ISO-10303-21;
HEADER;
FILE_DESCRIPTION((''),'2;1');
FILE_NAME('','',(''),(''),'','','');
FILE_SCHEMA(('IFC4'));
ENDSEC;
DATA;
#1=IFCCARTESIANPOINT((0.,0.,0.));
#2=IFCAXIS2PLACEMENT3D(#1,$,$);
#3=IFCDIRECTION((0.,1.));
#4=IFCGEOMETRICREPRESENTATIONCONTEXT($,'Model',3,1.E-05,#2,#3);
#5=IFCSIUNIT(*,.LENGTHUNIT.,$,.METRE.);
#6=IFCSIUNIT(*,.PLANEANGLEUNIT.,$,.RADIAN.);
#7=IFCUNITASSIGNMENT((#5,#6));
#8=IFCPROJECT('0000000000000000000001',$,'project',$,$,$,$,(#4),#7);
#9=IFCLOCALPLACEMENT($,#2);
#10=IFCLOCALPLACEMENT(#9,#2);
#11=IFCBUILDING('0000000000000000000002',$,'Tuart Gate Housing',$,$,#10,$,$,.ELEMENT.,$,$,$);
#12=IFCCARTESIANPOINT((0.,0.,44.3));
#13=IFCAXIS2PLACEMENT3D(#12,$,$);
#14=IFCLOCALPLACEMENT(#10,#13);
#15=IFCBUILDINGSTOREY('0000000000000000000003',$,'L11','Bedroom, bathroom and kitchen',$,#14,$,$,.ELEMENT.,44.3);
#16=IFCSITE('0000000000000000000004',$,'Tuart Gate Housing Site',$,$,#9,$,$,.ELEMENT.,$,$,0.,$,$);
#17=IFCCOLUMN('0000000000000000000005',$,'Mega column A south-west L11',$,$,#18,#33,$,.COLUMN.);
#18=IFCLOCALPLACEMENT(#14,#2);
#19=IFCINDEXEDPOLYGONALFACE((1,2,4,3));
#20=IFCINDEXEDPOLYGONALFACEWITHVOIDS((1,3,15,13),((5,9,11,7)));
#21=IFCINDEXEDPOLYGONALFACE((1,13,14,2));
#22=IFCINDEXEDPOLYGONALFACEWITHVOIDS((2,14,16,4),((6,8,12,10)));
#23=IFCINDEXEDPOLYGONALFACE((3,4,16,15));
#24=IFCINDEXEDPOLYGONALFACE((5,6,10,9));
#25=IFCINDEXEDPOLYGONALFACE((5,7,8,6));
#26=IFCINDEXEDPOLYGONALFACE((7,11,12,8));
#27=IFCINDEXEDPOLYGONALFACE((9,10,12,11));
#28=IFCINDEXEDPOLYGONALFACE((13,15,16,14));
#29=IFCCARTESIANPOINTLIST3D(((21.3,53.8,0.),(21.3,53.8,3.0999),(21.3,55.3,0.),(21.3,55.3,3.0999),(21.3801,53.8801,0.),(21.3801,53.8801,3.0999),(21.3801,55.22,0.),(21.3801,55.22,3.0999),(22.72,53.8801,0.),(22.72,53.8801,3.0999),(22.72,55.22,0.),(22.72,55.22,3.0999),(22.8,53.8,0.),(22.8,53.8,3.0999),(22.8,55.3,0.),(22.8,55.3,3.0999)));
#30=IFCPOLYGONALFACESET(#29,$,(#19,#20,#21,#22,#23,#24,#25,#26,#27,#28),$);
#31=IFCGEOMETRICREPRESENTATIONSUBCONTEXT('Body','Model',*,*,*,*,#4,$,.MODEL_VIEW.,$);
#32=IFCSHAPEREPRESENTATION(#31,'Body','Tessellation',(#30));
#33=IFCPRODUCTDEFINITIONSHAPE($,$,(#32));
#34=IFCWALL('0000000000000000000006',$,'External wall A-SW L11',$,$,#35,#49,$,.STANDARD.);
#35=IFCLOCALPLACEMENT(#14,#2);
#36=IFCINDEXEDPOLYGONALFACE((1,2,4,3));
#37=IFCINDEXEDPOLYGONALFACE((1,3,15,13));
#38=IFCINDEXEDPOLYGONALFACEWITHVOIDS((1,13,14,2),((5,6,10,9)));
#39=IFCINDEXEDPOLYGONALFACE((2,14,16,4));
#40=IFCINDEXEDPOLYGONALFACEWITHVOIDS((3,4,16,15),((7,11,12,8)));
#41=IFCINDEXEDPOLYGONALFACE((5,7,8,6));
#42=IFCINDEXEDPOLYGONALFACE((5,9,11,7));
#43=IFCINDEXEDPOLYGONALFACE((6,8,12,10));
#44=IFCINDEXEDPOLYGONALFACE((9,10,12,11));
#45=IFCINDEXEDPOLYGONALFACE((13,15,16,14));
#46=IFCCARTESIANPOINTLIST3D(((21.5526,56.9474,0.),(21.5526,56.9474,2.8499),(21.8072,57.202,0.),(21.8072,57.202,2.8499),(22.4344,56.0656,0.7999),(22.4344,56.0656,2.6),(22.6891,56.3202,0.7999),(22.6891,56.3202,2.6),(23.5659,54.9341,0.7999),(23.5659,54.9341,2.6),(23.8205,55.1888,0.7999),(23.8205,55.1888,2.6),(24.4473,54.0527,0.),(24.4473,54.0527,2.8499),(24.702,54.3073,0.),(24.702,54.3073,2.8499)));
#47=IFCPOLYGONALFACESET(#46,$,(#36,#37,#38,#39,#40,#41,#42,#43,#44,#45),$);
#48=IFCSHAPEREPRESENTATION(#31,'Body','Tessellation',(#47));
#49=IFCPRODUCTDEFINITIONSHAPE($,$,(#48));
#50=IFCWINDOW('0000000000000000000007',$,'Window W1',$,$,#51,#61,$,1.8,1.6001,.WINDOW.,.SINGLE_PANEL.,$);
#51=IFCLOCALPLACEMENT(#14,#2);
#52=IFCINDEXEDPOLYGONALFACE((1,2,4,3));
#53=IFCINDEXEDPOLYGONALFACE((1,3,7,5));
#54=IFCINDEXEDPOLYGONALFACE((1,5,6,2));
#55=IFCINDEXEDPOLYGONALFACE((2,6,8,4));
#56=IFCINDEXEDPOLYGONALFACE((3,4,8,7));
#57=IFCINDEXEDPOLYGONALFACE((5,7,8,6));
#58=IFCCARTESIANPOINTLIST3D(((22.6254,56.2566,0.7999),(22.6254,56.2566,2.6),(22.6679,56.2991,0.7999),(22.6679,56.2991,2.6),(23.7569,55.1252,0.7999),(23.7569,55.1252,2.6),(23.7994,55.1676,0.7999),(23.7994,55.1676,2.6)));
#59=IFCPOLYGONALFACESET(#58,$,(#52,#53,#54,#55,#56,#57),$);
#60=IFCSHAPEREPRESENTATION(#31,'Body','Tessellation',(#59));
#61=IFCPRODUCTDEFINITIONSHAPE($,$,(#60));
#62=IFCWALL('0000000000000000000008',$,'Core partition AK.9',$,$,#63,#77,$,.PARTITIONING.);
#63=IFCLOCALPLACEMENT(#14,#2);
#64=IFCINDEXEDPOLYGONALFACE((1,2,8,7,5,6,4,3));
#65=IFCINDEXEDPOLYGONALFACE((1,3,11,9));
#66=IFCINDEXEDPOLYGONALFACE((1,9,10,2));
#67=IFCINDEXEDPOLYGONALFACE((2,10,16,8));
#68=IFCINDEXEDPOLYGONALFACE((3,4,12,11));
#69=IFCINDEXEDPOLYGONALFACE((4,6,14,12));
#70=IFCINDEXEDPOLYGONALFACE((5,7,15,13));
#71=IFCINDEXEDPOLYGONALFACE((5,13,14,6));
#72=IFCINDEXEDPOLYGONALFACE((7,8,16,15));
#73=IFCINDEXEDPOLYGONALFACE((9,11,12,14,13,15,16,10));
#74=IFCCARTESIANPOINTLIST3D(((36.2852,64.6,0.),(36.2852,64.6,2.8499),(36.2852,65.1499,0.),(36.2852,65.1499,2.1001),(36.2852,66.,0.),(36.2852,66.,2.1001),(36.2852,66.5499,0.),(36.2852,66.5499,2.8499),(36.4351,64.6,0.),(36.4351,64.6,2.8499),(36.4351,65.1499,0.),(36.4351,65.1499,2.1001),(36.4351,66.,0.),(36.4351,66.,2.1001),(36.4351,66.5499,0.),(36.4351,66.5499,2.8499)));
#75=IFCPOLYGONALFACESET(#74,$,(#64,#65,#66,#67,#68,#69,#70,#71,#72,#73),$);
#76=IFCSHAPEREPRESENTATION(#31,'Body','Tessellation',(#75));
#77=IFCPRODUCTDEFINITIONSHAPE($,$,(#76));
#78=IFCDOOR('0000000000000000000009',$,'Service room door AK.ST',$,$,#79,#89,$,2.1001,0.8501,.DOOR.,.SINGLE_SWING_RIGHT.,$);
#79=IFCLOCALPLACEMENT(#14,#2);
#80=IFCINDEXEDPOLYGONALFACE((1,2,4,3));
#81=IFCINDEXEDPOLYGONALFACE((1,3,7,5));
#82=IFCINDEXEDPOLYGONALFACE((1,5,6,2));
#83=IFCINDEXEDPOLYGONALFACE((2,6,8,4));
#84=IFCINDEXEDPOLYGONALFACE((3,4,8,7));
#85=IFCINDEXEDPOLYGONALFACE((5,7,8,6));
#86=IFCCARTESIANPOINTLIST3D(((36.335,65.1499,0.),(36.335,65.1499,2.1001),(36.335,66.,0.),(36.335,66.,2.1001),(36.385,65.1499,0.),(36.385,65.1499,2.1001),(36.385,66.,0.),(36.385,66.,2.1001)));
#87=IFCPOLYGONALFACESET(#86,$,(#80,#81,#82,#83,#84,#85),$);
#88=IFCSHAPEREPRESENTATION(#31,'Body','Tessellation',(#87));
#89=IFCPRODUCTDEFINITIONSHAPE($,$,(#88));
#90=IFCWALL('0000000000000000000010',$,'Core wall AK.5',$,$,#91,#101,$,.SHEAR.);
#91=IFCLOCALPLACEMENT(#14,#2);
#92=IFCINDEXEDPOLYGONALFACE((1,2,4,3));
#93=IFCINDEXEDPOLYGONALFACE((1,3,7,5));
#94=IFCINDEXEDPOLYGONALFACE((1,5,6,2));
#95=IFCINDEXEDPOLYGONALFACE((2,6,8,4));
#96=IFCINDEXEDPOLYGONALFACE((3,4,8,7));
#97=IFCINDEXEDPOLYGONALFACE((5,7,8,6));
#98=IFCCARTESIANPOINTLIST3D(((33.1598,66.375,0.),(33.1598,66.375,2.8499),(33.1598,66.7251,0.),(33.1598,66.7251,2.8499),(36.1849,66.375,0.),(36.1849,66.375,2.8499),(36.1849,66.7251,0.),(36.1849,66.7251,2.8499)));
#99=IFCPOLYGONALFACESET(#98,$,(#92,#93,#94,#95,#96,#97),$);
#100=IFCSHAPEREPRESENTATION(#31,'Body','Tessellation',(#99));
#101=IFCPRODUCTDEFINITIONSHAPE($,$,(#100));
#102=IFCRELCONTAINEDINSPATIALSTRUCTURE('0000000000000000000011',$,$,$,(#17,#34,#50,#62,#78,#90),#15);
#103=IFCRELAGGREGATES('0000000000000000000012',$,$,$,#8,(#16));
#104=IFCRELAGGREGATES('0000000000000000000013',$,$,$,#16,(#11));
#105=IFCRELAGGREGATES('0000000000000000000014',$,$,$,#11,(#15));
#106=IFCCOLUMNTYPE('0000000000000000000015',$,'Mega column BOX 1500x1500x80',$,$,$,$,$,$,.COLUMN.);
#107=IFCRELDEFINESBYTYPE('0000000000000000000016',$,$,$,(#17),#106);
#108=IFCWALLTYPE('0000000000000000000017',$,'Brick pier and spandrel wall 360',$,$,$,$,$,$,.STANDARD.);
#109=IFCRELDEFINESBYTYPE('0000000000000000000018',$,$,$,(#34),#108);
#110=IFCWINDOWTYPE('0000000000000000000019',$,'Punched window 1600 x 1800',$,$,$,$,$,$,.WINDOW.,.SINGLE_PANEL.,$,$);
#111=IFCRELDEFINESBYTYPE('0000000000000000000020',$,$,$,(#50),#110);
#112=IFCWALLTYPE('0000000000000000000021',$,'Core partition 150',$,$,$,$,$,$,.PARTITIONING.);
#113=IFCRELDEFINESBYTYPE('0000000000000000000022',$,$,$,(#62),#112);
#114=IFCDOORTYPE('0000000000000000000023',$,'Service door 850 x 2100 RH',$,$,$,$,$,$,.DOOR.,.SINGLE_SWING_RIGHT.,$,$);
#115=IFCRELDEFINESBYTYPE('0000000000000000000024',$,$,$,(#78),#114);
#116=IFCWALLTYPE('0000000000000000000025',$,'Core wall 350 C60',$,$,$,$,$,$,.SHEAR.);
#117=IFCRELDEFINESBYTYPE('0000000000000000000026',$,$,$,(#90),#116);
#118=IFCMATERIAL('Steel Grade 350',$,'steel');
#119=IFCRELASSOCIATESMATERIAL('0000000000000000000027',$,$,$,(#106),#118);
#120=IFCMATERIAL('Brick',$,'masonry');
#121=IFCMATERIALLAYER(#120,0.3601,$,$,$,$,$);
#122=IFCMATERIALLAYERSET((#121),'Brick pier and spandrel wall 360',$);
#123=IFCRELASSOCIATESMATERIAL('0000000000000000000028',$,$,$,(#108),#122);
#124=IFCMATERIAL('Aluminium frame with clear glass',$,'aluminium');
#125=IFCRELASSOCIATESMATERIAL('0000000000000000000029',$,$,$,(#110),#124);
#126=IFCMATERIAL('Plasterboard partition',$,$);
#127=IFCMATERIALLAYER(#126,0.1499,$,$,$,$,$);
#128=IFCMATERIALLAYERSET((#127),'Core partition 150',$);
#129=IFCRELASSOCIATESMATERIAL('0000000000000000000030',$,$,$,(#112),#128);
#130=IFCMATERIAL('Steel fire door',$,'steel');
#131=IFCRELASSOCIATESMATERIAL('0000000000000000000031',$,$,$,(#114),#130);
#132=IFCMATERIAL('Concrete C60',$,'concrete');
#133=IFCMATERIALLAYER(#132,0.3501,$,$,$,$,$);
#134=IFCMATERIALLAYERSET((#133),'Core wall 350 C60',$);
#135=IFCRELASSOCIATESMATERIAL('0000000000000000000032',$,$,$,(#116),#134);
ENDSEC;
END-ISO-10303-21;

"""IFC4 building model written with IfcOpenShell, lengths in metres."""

from ifc_helpers import new_model, si_unit, direction, frame, frame_2d, origin, origin_2d, place, context, subcontext, project, spatial, rectangle, hollow_rectangle, extrude, material, layer, layer_set, material_profile, profile_set, type_object, element, fill, save


model = new_model("IFC4")

# Units and contexts
model_context = context("Model", 3, precision=1e-05, world=origin(), true_north=direction((0.0, 1.0)))
body_context = subcontext(model_context, "Body", "Model", "MODEL_VIEW")
ifc_project = project(units=[si_unit("LENGTHUNIT", "METRE"), si_unit("PLANEANGLEUNIT", "RADIAN")], contexts=[model_context])

# Site, building, storey
site_placement = place(None, origin())
site = spatial("IfcSite", under=ifc_project, at=site_placement, Name="Tuart Gate Housing Site", CompositionType="ELEMENT", RefElevation=0.0)
building_placement = place(site_placement, origin())
building = spatial("IfcBuilding", under=site, at=building_placement, Name="Tuart Gate Housing", CompositionType="ELEMENT")
storey_placement = place(building_placement, frame((0.0, 0.0, 44.3)))
storey = spatial("IfcBuildingStorey", under=building, at=storey_placement, Name="L11", Description="Bedroom, bathroom and kitchen", CompositionType="ELEMENT", Elevation=44.3)

# Column
ifc_material_1 = material(Name="Steel Grade 350", Category="steel")
ifc_material_profile = material_profile(ifc_material_1, hollow_rectangle(XDim=1.5, YDim=1.5, WallThickness=0.0801, at=origin_2d()), Name="BOX 1500x1500x80")
ifc_profile_set = profile_set([ifc_material_profile], Name="Steel Grade 350")
column_type = type_object("IfcColumnType", Name="Mega column BOX 1500x1500x80", PredefinedType="COLUMN", material=ifc_profile_set)
column_placement = place(storey_placement, frame((22.05, 54.55, 0.0), z_axis=(0.0, 0.0, 1.0), x_axis=(1.0, 0.0, 0.0)))
element("IfcColumn", 1, at=column_placement, inside=storey, type_object=column_type, Name="Mega column A south-west L11", PredefinedType="COLUMN", context=body_context, shape_type="SweptSolid", body=[
    extrude(hollow_rectangle(XDim=1.5, YDim=1.5, WallThickness=0.0801, at=origin_2d()), origin(), (0.0, 0.0, 1.0), 3.0999),
])

# Wall, opening, window
ifc_material_2 = material(Name="Brick", Category="masonry")
ifc_layer_1 = layer(ifc_material_2, 0.3601)
ifc_layer_set_1 = layer_set([ifc_layer_1], Name="Brick pier and spandrel wall 360")
wall_type_1 = type_object("IfcWallType", Name="Brick pier and spandrel wall 360", PredefinedType="STANDARD", material=ifc_layer_set_1)
wall_1_placement = place(storey_placement, frame((21.6799, 57.0747, 0.0), z_axis=(0.0, 0.0, 1.0), x_axis=(0.707107, -0.707107, 0.0)))
wall_1 = element("IfcWall", 2, at=wall_1_placement, inside=storey, type_object=wall_type_1, Name="External wall A-SW L11", PredefinedType="STANDARD", context=body_context, shape_type="SweptSolid", body=[
    extrude(rectangle(XDim=4.0938, YDim=0.3601, at=frame_2d((2.0469, 0.0))), origin(), (0.0, 0.0, 1.0), 2.8499),
])
opening_1_placement = place(wall_1_placement, frame((1.2471, 0.0, 0.8)))
opening_1 = element("IfcOpeningElement", 3, at=opening_1_placement, cuts=wall_1, PredefinedType="OPENING", context=body_context, shape_type="SweptSolid", body=[
    extrude(rectangle(XDim=1.6001, YDim=1.8, at=frame_2d((0.8, 0.8999))), frame((0.0, 0.1899, 0.0), z_axis=(0.0, -1.0, 0.0), x_axis=(1.0, 0.0, 0.0)), (0.0, 0.0, 1.0), 0.3801),
])
ifc_material_3 = material(Name="Aluminium frame with clear glass", Category="aluminium")
window_type = type_object("IfcWindowType", Name="Punched window 1600 x 1800", PartitioningType="SINGLE_PANEL", PredefinedType="WINDOW", material=ifc_material_3)
window_placement = place(opening_1_placement, origin())
window = element("IfcWindow", 4, at=window_placement, inside=storey, type_object=window_type, Name="Window W1", OverallHeight=1.8, OverallWidth=1.6001, PartitioningType="SINGLE_PANEL", PredefinedType="WINDOW", context=body_context, shape_type="SweptSolid", body=[
    extrude(rectangle(XDim=1.6001, YDim=1.8, at=frame_2d((0.8, 0.8999))), frame((0.0, 0.1501, 0.0), z_axis=(0.0, -1.0, 0.0), x_axis=(1.0, 0.0, 0.0)), (0.0, 0.0, 1.0), 0.0601),
])
fill(opening_1, window)

# Wall, opening, door
ifc_material_4 = material(Name="Plasterboard partition")
ifc_layer_2 = layer(ifc_material_4, 0.1499)
ifc_layer_set_2 = layer_set([ifc_layer_2], Name="Core partition 150")
wall_type_2 = type_object("IfcWallType", Name="Core partition 150", PredefinedType="PARTITIONING", material=ifc_layer_set_2)
wall_2_placement = place(storey_placement, frame((36.3601, 66.55, 0.0), z_axis=(0.0, 0.0, 1.0), x_axis=(0.0, -1.0, 0.0)))
wall_2 = element("IfcWall", 5, at=wall_2_placement, inside=storey, type_object=wall_type_2, Name="Core partition AK.9", PredefinedType="PARTITIONING", context=body_context, shape_type="SweptSolid", body=[
    extrude(rectangle(XDim=1.95, YDim=0.1499, at=frame_2d((0.9751, 0.0))), origin(), (0.0, 0.0, 1.0), 2.8499),
])
opening_2_placement = place(wall_2_placement, frame((0.55, 0.0, 0.0)))
opening_2 = element("IfcOpeningElement", 6, at=opening_2_placement, cuts=wall_2, PredefinedType="OPENING", context=body_context, shape_type="SweptSolid", body=[
    extrude(rectangle(XDim=0.8501, YDim=2.1001, at=frame_2d((0.425, 1.05))), frame((0.0, 0.085, 0.0), z_axis=(0.0, -1.0, 0.0), x_axis=(1.0, 0.0, 0.0)), (0.0, 0.0, 1.0), 0.1699),
])
ifc_material_5 = material(Name="Steel fire door", Category="steel")
door_type_1 = type_object("IfcDoorType", Name="Service door 850 x 2100 RH", OperationType="SINGLE_SWING_RIGHT", PredefinedType="DOOR", material=ifc_material_5)
door_1_placement = place(opening_2_placement, frame((0.8501, 0.0, 0.0), z_axis=(0.0, 0.0, 1.0), x_axis=(-1.0, 0.0, 0.0)))
door_1 = element("IfcDoor", 7, at=door_1_placement, inside=storey, type_object=door_type_1, Name="Service room door AK.ST", OperationType="SINGLE_SWING_RIGHT", OverallHeight=2.1001, OverallWidth=0.8501, PredefinedType="DOOR", context=body_context, shape_type="SweptSolid", body=[
    extrude(rectangle(XDim=0.8501, YDim=2.1001, at=frame_2d((0.425, 1.05))), frame((0.0, 0.0251, 0.0), z_axis=(0.0, -1.0, 0.0), x_axis=(1.0, 0.0, 0.0)), (0.0, 0.0, 1.0), 0.05),
])
fill(opening_2, door_1)

# Wall
ifc_material_6 = material(Name="Concrete C60", Category="concrete")
ifc_layer_3 = layer(ifc_material_6, 0.3501)
ifc_layer_set_3 = layer_set([ifc_layer_3], Name="Core wall 350 C60")
wall_type_3 = type_object("IfcWallType", Name="Core wall 350 C60", PredefinedType="SHEAR", material=ifc_layer_set_3)
wall_3_placement = place(storey_placement, frame((36.1851, 66.55, 0.0), z_axis=(0.0, 0.0, 1.0), x_axis=(-1.0, 0.0, 0.0)))
element("IfcWall", 8, at=wall_3_placement, inside=storey, type_object=wall_type_3, Name="Core wall AK.5", PredefinedType="SHEAR", context=body_context, shape_type="SweptSolid", body=[
    extrude(rectangle(XDim=3.0251, YDim=0.3501, at=frame_2d((1.5127, 0.0))), origin(), (0.0, 0.0, 1.0), 2.8499),
])

save(model, "model.ifc")
